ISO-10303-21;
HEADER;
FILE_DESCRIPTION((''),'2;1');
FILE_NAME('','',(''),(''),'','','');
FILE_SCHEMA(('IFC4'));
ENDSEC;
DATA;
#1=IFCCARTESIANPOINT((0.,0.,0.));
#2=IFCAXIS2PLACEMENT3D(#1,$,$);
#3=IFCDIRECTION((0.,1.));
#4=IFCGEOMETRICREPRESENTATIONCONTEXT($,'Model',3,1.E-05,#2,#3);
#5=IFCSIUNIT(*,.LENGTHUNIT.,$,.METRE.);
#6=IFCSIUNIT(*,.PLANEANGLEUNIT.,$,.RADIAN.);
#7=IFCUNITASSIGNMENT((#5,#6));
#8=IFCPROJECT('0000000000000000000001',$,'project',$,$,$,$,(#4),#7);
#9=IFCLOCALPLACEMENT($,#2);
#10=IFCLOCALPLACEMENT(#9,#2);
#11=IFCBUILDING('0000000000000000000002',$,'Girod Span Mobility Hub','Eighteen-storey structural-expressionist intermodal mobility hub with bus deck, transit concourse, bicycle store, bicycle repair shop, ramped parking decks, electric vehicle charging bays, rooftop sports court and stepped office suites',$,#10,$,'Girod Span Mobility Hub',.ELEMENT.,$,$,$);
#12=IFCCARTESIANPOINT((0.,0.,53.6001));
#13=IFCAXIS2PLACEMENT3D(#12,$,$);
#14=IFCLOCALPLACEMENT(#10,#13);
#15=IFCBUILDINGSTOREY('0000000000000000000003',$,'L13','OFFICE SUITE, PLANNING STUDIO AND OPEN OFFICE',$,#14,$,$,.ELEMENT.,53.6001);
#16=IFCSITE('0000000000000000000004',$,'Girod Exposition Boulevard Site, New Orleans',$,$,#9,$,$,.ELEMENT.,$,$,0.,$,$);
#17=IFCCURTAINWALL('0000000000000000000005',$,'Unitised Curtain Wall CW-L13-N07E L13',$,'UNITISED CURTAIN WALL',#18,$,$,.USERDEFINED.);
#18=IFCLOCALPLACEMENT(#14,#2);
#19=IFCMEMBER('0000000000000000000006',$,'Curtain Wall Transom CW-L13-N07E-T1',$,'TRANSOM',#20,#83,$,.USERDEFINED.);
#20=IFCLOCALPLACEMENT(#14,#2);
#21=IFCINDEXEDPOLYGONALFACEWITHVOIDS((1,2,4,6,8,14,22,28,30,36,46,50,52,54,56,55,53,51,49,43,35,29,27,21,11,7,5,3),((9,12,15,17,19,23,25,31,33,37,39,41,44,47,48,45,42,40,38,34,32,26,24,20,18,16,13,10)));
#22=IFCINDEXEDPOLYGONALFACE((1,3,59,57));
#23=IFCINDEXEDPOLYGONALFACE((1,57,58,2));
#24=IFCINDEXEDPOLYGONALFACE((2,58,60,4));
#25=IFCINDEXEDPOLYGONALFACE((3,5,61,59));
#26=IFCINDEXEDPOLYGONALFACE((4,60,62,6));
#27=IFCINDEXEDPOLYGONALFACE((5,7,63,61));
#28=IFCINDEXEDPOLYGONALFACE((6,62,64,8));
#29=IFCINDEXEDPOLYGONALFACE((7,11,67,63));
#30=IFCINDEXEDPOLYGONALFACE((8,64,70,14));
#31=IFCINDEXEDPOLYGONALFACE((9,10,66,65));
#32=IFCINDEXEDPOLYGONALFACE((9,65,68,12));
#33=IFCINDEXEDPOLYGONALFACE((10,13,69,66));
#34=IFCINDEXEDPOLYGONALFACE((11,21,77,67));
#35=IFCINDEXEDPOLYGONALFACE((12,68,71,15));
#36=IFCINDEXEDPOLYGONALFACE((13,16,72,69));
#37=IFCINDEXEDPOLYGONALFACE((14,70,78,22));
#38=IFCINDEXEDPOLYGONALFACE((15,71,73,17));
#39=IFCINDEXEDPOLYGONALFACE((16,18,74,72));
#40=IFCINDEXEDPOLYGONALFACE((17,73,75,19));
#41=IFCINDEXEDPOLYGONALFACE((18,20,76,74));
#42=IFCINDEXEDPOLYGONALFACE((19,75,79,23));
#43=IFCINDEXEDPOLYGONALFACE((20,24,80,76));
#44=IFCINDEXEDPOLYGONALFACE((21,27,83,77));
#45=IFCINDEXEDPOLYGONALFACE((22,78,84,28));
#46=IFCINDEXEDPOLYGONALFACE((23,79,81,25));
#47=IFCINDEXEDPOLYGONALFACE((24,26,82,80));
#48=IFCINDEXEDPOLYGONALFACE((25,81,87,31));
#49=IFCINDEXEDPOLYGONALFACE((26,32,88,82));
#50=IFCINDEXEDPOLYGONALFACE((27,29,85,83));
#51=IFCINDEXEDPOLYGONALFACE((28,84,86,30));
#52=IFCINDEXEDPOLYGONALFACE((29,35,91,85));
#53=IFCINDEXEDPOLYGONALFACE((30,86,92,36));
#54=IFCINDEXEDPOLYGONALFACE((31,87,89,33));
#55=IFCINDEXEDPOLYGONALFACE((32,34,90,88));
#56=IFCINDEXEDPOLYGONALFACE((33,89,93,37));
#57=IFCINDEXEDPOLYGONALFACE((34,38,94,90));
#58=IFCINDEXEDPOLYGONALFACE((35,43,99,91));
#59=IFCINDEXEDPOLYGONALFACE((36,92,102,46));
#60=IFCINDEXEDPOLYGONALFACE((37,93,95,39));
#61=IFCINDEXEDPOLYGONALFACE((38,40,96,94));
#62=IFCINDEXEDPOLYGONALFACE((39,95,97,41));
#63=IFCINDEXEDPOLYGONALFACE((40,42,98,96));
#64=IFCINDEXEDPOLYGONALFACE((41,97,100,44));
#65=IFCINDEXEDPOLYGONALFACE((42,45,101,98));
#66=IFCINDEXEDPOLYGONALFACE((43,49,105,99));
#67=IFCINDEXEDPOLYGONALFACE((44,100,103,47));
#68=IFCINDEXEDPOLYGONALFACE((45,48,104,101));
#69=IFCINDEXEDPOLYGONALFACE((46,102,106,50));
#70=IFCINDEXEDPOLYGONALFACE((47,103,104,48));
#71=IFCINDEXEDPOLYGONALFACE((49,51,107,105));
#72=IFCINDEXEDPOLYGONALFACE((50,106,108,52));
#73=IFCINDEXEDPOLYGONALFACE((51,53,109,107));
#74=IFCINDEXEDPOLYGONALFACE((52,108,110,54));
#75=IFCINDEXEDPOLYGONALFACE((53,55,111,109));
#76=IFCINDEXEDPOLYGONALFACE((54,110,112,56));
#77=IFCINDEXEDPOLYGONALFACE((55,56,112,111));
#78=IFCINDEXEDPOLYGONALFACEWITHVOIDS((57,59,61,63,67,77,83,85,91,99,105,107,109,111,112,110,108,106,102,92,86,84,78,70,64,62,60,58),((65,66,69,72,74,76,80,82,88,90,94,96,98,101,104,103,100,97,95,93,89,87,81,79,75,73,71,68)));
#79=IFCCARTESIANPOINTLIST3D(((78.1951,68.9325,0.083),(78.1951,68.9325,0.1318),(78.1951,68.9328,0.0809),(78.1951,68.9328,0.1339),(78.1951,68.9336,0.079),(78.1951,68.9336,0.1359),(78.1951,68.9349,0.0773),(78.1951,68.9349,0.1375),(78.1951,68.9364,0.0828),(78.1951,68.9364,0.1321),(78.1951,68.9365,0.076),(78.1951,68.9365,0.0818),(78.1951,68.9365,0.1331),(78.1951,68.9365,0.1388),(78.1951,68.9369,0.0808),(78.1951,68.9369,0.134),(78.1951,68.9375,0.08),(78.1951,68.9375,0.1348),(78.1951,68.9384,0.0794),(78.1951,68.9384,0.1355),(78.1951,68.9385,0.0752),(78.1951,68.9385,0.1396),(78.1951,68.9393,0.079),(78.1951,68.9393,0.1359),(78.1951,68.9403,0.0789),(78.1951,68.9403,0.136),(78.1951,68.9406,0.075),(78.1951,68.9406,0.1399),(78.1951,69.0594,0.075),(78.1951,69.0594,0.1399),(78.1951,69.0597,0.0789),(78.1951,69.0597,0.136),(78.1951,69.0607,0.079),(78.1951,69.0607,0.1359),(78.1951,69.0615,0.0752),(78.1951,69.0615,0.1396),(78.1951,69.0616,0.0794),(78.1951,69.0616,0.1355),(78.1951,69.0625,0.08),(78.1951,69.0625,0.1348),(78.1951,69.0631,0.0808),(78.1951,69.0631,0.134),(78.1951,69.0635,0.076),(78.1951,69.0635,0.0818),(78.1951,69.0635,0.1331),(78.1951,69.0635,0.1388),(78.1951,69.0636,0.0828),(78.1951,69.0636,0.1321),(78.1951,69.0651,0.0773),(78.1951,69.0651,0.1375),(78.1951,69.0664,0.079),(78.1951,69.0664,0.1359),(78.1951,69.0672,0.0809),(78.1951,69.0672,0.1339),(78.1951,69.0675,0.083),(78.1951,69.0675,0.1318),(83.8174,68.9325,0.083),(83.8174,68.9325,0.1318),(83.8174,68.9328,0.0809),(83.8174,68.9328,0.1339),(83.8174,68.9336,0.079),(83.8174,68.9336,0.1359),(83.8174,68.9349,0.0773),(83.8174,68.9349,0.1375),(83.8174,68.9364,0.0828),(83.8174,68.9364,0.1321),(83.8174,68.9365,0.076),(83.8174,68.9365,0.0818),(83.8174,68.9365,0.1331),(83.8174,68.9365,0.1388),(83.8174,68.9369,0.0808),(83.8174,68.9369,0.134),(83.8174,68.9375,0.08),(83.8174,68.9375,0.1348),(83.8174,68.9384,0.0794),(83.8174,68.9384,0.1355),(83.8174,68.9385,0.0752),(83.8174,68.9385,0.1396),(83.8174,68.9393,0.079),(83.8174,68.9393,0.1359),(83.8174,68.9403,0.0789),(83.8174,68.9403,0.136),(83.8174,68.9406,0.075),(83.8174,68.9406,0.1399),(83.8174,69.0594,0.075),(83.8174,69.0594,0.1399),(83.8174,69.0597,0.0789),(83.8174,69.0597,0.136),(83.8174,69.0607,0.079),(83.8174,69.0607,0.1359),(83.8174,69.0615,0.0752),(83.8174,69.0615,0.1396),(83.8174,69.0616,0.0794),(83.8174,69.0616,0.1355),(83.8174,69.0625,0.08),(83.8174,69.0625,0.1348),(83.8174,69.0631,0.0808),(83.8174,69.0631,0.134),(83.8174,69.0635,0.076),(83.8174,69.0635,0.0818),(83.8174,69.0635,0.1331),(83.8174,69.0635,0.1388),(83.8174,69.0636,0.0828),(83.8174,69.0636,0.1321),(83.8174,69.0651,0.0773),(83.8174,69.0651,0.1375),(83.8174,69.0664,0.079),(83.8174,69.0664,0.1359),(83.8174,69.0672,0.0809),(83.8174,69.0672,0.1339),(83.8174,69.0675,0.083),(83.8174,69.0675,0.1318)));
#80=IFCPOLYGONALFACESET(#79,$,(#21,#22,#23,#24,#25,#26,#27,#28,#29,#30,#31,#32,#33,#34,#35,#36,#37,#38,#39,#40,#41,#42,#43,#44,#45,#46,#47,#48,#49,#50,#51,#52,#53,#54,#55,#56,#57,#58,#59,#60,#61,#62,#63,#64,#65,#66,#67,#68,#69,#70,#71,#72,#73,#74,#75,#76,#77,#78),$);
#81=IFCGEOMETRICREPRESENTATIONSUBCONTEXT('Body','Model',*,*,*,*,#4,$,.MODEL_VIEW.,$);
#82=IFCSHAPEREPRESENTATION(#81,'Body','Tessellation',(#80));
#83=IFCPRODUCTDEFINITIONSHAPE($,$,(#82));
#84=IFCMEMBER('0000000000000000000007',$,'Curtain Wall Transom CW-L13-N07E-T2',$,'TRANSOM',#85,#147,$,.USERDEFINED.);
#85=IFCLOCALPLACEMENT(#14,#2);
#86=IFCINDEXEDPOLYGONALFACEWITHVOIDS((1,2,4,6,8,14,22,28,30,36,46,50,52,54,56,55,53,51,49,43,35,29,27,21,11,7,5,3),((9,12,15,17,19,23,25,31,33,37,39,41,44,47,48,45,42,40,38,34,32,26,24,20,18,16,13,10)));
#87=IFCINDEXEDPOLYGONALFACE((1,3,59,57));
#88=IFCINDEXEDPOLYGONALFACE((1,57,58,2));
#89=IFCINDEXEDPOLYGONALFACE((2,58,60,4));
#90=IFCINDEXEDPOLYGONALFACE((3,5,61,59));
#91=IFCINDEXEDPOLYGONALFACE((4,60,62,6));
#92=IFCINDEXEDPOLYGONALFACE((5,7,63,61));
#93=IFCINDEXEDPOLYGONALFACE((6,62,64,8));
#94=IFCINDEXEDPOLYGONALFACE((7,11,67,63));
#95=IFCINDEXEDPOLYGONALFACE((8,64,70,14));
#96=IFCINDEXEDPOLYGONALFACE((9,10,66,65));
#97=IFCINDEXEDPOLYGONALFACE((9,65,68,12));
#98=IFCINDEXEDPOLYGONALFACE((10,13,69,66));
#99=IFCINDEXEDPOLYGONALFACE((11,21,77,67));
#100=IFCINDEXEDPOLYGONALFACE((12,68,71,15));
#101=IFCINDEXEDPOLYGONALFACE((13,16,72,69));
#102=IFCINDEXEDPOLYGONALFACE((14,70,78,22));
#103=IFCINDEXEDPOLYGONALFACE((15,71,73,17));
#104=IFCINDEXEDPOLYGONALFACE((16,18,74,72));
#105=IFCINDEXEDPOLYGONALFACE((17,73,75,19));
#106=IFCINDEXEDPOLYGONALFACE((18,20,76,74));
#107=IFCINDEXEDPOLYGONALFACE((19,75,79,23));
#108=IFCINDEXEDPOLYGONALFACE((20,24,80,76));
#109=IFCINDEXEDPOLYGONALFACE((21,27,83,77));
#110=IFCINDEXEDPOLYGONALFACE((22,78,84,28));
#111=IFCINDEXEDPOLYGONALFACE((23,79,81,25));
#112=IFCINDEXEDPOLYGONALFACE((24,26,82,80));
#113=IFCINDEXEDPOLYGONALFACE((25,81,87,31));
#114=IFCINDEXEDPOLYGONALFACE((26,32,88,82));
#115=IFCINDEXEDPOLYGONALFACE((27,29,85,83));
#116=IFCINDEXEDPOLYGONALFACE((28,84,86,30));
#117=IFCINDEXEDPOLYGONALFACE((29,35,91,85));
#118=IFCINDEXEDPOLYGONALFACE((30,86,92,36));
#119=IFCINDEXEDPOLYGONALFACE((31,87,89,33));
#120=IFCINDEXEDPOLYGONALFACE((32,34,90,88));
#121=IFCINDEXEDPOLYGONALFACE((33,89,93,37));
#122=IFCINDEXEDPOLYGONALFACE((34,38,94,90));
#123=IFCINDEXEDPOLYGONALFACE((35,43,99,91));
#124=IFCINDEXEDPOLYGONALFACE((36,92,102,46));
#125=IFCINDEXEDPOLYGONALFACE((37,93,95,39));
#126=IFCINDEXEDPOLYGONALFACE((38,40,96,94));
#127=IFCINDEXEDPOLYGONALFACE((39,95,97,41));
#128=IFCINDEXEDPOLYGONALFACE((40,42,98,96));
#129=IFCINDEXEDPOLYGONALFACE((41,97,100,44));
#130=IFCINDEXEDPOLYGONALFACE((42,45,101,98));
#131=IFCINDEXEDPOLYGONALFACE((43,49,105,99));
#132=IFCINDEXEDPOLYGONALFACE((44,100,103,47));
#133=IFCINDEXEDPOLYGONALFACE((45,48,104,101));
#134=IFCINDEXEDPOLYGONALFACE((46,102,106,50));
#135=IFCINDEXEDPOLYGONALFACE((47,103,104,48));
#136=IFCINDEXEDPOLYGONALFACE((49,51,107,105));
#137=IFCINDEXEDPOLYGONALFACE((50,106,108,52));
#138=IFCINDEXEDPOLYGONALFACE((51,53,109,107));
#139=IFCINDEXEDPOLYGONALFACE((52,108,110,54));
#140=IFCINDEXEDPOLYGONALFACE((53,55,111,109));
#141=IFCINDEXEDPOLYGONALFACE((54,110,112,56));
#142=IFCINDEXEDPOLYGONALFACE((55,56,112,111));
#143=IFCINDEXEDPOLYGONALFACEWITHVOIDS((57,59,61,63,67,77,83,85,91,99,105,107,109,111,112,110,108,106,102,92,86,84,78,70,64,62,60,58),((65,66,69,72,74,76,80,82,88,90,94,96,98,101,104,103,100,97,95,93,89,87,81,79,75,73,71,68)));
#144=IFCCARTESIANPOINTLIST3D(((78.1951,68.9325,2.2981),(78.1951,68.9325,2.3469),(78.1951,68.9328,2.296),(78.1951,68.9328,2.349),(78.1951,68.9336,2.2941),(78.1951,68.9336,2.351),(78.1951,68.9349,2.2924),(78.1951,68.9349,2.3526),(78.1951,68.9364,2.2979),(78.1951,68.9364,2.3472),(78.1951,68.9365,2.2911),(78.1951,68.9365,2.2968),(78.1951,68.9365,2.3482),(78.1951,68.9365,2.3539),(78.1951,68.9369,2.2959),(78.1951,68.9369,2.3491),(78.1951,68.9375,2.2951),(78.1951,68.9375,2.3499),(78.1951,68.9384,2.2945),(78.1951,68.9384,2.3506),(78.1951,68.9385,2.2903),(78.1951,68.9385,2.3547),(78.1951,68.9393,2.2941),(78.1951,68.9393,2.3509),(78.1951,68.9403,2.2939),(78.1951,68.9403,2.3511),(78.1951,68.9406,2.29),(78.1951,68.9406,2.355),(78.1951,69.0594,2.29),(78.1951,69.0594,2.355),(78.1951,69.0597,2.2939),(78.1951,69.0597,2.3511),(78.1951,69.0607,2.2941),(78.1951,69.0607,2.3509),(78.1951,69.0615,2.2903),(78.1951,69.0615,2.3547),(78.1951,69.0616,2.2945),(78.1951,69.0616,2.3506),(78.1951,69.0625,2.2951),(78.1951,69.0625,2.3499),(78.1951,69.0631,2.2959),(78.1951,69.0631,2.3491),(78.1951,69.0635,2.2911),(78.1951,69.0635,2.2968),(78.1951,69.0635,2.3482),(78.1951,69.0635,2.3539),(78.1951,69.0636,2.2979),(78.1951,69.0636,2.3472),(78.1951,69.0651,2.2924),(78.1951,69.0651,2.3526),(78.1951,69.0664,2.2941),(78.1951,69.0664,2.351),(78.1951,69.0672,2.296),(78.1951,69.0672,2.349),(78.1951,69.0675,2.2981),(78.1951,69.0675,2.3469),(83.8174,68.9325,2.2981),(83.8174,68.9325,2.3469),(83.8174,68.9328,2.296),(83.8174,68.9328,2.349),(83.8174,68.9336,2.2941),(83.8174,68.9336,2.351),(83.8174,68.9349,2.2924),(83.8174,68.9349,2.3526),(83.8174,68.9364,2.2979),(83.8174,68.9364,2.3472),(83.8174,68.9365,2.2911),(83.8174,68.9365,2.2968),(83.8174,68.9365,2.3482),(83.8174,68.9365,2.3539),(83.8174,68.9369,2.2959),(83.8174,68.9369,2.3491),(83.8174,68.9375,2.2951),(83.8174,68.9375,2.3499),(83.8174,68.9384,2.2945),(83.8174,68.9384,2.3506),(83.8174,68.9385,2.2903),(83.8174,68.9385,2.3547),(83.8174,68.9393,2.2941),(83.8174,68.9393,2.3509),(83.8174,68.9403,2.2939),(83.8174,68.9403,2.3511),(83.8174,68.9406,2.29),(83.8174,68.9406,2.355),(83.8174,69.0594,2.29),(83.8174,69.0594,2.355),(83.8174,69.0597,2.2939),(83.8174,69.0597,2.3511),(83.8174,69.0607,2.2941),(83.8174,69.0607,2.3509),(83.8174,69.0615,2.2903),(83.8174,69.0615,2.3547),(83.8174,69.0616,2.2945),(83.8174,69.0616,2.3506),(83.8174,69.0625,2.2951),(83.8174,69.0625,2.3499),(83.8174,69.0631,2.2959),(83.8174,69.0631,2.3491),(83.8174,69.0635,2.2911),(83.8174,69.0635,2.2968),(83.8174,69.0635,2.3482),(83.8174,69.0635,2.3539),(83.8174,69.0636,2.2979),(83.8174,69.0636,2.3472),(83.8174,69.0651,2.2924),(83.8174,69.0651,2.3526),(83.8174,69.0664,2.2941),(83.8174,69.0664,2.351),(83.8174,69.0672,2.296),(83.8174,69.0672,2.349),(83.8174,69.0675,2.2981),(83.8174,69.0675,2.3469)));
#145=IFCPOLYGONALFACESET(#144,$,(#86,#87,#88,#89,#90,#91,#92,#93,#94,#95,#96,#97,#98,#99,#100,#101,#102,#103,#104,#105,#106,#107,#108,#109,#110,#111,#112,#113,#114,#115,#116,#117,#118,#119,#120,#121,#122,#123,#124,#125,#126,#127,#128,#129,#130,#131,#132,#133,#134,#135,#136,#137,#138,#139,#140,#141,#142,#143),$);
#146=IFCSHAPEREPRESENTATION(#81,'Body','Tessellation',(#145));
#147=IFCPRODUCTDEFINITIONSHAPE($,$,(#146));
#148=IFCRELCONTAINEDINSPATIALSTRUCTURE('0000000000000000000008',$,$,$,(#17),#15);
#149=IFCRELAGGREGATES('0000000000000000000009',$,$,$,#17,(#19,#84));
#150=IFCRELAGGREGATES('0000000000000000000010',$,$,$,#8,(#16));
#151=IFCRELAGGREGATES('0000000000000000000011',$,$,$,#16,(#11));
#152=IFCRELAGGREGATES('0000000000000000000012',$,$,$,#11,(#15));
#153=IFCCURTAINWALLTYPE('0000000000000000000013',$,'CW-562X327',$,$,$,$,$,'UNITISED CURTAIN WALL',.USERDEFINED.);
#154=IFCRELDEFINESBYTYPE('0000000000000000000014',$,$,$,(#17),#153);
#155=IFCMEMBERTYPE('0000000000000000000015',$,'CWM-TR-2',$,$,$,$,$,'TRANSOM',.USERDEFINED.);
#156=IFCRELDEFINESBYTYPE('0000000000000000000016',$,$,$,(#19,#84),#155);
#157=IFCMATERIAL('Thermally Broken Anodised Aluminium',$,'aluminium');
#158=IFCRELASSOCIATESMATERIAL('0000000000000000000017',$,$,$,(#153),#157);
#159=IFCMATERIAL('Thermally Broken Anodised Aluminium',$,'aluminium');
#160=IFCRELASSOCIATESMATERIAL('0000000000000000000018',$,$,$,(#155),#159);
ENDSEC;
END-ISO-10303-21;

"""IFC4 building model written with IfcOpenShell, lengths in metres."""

from ifc_helpers import new_model, si_unit, direction, frame, origin, origin_2d, place, context, subcontext, project, spatial, hollow_rectangle, extrude, material, material_profile, profile_set, type_object, element, aggregate, save


model = new_model("IFC4")

# Units and contexts
model_context = context("Model", 3, precision=1e-05, world=origin(), true_north=direction((0.0, 1.0)))
body_context = subcontext(model_context, "Body", "Model", "MODEL_VIEW")
ifc_project = project(units=[si_unit("LENGTHUNIT", "METRE"), si_unit("PLANEANGLEUNIT", "RADIAN")], contexts=[model_context])

# Site, building, storey
site_placement = place(None, origin())
site = spatial("IfcSite", under=ifc_project, at=site_placement, Name="Girod Exposition Boulevard Site, New Orleans", CompositionType="ELEMENT", RefElevation=0.0)
building_placement = place(site_placement, origin())
building = spatial("IfcBuilding", under=site, at=building_placement, Name="Girod Span Mobility Hub", Description="Eighteen-storey structural-expressionist intermodal mobility hub with bus deck, transit concourse, bicycle store, bicycle repair shop, ramped parking decks, electric vehicle charging bays, rooftop sports court and stepped office suites", LongName="Girod Span Mobility Hub", CompositionType="ELEMENT")
storey_placement = place(building_placement, frame((0.0, 0.0, 53.6001)))
storey = spatial("IfcBuildingStorey", under=building, at=storey_placement, Name="L13", Description="OFFICE SUITE, PLANNING STUDIO AND OPEN OFFICE", CompositionType="ELEMENT", Elevation=53.6001)

# Shared definitions
ifc_material_1 = material(Name="Thermally Broken Anodised Aluminium", Category="aluminium")
curtain_wall_type = type_object("IfcCurtainWallType", Name="CW-562X327", ElementType="UNITISED CURTAIN WALL", PredefinedType="USERDEFINED", material=ifc_material_1)

# Curtain wall
curtain_wall_1_placement = place(storey_placement, origin())
curtain_wall_1 = element("IfcCurtainWall", 1, at=curtain_wall_1_placement, inside=storey, type_object=curtain_wall_type, Name="Unitised Curtain Wall CW-L13-N07E L13", ObjectType="UNITISED CURTAIN WALL", PredefinedType="USERDEFINED")

# Members
ifc_material_2 = material(Name="Thermally Broken Anodised Aluminium", Category="aluminium")
ifc_material_profile_1 = material_profile(ifc_material_2, hollow_rectangle(XDim=0.135, YDim=0.0649, WallThickness=0.0039, InnerFilletRadius=0.0039, OuterFilletRadius=0.0081, at=origin_2d()), Name="CW-TR-65X135")
ifc_profile_set_1 = profile_set([ifc_material_profile_1], Name="Thermally Broken Anodised Aluminium")
member_type_1 = type_object("IfcMemberType", Name="CWM-TR-2", ElementType="TRANSOM", PredefinedType="USERDEFINED", material=ifc_profile_set_1)
member_1_placement = place(storey_placement, frame((78.1951, 69.0, 0.1074), z_axis=(1.0, 0.0, 0.0), x_axis=(0.0, 1.0, 0.0)))
member_1 = element("IfcMember", 2, at=member_1_placement, type_object=member_type_1, Name="Curtain Wall Transom CW-L13-N07E-T1", ObjectType="TRANSOM", PredefinedType="USERDEFINED", context=body_context, shape_type="SweptSolid", body=[
    extrude(hollow_rectangle(XDim=0.135, YDim=0.0649, WallThickness=0.0039, InnerFilletRadius=0.0039, OuterFilletRadius=0.0081, at=origin_2d()), origin(), (0.0, 0.0, 1.0), 5.6223),
])
member_2_placement = place(storey_placement, frame((78.1951, 69.0, 2.3225), z_axis=(1.0, 0.0, 0.0), x_axis=(0.0, 1.0, 0.0)))
member_2 = element("IfcMember", 3, at=member_2_placement, type_object=member_type_1, Name="Curtain Wall Transom CW-L13-N07E-T2", ObjectType="TRANSOM", PredefinedType="USERDEFINED", context=body_context, shape_type="SweptSolid", body=[
    extrude(hollow_rectangle(XDim=0.135, YDim=0.0649, WallThickness=0.0039, InnerFilletRadius=0.0039, OuterFilletRadius=0.0081, at=origin_2d()), origin(), (0.0, 0.0, 1.0), 5.6223),
])

aggregate(curtain_wall_1, [member_1, member_2])

save(model, "model.ifc")
